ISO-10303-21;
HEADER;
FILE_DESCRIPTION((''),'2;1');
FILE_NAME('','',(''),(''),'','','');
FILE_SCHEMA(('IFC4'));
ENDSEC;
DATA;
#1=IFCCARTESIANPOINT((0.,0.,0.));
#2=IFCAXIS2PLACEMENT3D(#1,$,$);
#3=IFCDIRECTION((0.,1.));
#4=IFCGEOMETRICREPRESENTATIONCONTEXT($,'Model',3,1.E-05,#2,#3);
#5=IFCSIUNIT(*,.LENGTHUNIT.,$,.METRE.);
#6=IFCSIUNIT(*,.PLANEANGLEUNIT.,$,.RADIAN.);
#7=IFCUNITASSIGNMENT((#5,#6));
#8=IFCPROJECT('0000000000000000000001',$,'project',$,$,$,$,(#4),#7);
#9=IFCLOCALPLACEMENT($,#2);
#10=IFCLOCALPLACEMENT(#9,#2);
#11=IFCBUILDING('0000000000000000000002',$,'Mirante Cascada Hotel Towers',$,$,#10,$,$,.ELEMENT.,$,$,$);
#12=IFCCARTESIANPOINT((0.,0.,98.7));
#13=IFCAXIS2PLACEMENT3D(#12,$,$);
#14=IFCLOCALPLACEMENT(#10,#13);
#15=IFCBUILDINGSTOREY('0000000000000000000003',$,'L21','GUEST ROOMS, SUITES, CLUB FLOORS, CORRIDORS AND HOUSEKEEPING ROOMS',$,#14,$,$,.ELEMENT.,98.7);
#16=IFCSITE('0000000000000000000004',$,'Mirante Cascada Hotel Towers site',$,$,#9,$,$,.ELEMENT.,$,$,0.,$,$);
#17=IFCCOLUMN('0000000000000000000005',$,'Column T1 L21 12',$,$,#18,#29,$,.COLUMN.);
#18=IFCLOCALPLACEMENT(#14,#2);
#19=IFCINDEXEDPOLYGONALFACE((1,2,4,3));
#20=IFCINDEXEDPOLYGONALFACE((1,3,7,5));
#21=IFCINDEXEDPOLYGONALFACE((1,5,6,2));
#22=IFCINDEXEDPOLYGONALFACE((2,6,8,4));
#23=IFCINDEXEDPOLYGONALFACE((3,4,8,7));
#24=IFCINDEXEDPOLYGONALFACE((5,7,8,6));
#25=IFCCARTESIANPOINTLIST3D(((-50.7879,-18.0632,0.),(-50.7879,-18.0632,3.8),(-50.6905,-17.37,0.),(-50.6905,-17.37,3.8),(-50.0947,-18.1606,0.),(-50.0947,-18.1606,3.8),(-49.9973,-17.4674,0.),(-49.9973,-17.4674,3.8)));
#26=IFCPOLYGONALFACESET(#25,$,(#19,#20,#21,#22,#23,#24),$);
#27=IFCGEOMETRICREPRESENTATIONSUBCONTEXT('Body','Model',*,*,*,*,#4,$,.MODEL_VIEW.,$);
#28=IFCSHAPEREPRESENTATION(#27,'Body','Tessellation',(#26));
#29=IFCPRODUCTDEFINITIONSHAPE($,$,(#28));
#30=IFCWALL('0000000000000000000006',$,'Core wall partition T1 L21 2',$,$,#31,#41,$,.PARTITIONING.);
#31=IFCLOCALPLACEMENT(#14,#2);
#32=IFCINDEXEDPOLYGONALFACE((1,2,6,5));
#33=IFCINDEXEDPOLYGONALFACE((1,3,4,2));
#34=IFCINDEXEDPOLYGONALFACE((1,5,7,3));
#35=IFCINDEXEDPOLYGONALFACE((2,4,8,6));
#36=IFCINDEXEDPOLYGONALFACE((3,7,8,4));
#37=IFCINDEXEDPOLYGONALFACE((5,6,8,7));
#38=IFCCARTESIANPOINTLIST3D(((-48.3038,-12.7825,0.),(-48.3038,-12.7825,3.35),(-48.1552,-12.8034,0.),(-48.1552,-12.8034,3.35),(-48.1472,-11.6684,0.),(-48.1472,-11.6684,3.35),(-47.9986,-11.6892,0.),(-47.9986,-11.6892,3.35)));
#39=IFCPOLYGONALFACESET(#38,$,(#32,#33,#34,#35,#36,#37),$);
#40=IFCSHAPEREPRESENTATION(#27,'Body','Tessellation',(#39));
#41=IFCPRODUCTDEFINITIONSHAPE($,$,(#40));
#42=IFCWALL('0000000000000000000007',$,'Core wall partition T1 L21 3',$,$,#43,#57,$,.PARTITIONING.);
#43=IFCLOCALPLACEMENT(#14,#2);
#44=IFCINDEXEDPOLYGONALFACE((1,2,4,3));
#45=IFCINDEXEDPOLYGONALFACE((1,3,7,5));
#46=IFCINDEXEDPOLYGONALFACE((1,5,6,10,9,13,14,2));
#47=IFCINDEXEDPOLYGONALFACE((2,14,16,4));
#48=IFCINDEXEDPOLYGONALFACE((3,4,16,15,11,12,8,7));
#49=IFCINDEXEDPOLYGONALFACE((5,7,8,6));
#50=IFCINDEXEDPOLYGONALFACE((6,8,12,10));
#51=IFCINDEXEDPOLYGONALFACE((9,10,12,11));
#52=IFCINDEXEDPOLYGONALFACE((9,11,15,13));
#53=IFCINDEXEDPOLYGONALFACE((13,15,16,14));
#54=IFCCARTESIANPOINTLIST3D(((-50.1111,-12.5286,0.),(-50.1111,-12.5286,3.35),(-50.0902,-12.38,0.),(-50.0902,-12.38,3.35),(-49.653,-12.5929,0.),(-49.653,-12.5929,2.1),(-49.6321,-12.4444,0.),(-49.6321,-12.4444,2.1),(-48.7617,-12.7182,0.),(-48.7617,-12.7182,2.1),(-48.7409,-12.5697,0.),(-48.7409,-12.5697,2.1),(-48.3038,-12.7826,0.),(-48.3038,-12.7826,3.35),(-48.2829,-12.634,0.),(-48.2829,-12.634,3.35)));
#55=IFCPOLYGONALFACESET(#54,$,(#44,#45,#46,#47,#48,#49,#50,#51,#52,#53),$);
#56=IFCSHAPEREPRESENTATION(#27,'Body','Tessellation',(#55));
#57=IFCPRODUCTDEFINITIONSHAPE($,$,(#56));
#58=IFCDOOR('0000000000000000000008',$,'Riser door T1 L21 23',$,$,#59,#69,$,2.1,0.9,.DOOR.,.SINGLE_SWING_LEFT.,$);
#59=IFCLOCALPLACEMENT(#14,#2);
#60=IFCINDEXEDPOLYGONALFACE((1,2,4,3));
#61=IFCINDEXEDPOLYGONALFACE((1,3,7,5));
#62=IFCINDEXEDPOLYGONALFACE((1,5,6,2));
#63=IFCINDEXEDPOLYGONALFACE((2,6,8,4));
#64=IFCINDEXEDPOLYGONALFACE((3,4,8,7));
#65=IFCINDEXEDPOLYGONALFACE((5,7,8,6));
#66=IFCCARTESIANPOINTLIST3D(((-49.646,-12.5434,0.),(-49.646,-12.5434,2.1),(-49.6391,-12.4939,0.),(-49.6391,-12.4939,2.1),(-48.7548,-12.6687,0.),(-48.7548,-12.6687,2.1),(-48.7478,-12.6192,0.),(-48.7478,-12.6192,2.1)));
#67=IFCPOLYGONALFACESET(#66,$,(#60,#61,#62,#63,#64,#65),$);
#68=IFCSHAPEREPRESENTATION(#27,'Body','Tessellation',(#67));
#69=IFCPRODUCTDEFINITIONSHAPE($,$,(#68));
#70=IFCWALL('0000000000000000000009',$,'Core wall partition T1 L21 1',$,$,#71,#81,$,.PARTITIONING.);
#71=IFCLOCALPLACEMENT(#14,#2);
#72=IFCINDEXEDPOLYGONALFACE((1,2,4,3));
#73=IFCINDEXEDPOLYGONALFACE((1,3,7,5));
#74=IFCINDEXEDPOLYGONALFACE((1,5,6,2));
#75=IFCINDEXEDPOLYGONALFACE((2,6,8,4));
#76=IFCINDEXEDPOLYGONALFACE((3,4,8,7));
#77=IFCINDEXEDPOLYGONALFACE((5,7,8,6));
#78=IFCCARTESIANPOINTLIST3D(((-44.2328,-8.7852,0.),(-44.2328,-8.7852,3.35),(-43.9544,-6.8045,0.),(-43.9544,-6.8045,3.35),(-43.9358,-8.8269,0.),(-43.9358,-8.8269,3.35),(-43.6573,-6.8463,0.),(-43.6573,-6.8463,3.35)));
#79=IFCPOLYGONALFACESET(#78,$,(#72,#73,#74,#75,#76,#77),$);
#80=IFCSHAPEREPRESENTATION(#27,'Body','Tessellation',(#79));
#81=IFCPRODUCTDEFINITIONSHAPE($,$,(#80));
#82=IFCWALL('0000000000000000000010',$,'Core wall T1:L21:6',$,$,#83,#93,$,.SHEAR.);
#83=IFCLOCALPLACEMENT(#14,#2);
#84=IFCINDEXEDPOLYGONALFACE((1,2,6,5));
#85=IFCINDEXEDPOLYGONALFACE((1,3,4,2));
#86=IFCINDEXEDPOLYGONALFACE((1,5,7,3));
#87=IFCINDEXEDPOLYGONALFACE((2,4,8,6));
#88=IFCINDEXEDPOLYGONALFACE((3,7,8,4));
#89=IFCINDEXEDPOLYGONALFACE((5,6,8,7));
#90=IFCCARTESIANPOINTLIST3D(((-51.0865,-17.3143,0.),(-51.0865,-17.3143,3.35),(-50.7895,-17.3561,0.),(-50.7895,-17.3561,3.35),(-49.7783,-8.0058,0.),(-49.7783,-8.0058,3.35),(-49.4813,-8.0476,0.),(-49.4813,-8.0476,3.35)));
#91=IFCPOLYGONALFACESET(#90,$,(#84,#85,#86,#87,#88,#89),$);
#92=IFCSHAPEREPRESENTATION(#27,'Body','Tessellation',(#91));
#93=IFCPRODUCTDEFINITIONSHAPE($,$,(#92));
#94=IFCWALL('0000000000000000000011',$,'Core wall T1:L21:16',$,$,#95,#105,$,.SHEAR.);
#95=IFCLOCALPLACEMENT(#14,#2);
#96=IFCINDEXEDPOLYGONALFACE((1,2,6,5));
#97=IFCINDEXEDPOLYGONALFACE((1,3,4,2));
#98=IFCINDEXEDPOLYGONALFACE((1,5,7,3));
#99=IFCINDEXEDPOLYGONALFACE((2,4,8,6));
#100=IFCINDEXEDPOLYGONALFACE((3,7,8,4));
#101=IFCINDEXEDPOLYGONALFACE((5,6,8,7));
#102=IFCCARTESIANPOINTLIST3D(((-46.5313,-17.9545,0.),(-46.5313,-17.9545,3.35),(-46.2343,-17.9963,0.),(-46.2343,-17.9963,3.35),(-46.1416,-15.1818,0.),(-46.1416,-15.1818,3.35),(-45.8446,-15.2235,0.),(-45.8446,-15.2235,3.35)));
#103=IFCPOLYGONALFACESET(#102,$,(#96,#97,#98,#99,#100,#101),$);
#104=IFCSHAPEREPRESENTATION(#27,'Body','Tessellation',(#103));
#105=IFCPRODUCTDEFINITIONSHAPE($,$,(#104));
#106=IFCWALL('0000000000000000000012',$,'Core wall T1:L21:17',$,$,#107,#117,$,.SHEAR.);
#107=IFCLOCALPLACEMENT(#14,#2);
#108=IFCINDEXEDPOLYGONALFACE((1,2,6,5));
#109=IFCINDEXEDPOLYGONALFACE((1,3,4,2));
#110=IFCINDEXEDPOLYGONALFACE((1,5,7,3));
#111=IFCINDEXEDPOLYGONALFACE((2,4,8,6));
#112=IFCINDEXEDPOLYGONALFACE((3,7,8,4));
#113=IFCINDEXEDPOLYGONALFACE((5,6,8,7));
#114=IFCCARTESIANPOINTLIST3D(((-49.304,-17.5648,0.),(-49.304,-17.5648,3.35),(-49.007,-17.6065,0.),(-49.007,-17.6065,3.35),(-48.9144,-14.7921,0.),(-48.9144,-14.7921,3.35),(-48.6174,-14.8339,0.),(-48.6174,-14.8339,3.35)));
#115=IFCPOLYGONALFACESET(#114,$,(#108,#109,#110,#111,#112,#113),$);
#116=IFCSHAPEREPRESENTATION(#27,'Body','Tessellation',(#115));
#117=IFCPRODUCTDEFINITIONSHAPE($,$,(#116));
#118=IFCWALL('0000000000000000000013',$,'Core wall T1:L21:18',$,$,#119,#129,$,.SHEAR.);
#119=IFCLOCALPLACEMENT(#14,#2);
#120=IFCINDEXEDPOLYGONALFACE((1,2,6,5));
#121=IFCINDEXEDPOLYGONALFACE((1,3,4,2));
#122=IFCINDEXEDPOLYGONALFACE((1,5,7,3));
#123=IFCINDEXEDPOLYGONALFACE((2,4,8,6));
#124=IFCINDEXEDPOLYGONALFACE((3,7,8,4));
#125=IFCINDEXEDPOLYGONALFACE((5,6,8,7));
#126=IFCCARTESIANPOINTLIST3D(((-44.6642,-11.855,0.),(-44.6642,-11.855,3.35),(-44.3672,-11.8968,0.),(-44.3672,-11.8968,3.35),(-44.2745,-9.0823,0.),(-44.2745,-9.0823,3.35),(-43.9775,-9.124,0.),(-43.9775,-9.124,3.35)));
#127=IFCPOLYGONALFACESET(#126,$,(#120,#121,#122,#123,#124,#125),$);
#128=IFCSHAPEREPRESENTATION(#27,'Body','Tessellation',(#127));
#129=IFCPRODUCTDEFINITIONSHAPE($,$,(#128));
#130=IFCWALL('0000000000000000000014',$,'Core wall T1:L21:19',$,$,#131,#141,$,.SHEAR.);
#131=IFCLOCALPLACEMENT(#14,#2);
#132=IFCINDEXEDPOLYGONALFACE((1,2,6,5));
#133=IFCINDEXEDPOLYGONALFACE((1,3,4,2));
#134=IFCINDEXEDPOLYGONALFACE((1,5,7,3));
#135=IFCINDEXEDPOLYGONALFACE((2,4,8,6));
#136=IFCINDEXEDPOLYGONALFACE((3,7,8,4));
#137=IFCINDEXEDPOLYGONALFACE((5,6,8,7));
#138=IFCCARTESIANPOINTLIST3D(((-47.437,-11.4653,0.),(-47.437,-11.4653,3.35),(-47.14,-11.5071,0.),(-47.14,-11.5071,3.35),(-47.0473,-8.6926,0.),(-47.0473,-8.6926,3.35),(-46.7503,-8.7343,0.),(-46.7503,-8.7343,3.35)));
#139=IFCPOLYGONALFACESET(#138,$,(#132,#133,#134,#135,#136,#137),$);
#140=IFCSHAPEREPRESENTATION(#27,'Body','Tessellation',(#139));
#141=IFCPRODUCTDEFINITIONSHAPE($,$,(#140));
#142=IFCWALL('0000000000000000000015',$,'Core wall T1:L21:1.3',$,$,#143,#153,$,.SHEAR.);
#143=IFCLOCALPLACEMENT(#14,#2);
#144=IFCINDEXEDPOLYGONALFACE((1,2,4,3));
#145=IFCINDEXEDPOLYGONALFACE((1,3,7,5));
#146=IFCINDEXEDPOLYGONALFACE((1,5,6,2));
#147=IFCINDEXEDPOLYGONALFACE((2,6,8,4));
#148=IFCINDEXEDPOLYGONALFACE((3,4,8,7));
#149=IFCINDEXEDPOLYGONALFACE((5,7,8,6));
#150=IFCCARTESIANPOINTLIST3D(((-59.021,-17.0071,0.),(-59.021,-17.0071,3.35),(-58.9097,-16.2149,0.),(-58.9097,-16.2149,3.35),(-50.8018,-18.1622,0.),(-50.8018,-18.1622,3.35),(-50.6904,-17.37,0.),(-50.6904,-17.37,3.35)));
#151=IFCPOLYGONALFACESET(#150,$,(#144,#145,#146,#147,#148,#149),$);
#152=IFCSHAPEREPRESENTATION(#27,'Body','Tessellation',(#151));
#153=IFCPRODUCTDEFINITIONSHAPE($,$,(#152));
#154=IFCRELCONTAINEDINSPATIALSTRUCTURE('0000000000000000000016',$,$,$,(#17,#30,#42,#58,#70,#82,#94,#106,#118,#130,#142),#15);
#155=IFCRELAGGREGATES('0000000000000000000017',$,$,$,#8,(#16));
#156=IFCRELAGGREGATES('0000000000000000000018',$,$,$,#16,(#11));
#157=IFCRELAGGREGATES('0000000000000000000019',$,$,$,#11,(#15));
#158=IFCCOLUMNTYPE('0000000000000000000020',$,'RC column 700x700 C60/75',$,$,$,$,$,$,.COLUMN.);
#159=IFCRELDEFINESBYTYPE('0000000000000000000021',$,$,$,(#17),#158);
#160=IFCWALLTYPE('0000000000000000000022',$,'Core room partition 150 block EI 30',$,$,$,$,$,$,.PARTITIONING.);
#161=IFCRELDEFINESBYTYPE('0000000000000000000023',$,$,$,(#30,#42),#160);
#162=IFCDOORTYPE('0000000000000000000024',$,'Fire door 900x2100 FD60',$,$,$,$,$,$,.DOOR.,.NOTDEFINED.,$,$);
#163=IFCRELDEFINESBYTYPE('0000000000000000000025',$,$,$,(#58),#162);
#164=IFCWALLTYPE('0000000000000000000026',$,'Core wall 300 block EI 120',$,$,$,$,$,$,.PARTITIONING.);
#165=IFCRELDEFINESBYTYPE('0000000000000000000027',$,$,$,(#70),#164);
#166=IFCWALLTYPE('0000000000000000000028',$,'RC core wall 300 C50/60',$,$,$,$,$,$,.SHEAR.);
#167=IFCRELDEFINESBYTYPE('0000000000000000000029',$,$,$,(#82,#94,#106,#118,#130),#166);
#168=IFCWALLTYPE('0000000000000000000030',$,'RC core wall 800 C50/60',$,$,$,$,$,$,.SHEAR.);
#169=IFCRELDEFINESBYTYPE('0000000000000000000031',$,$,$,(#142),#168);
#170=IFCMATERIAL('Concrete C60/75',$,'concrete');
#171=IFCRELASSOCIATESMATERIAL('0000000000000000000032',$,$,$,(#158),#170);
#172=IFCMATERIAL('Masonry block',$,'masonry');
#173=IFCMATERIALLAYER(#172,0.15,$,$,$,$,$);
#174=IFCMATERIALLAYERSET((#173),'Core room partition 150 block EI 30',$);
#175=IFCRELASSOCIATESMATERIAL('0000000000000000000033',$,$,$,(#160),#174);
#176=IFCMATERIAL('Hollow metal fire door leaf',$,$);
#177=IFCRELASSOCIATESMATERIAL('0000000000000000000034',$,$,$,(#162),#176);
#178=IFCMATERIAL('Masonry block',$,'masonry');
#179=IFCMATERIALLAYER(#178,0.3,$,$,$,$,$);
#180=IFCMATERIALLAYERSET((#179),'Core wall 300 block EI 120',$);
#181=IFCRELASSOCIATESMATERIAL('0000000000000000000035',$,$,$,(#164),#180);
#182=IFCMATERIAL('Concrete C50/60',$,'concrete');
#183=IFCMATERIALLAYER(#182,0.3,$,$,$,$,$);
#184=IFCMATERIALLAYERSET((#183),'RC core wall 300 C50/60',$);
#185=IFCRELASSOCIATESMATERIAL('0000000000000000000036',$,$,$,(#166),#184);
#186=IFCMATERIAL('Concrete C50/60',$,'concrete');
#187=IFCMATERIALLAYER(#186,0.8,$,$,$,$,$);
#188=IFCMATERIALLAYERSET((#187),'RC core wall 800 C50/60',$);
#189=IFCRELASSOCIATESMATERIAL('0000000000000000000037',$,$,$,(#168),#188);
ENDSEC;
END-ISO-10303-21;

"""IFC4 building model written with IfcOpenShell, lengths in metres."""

from ifc_helpers import new_model, si_unit, direction, frame, frame_2d, origin, origin_2d, place, context, subcontext, project, spatial, rectangle, extrude, material, layer, layer_set, material_profile, profile_set, type_object, element, fill, save


model = new_model("IFC4")

# Units and contexts
model_context = context("Model", 3, precision=1e-05, world=origin(), true_north=direction((0.0, 1.0)))
body_context = subcontext(model_context, "Body", "Model", "MODEL_VIEW")
ifc_project = project(units=[si_unit("LENGTHUNIT", "METRE"), si_unit("PLANEANGLEUNIT", "RADIAN")], contexts=[model_context])

# Site, building, storey
site_placement = place(None, origin())
site = spatial("IfcSite", under=ifc_project, at=site_placement, Name="Mirante Cascada Hotel Towers site", CompositionType="ELEMENT", RefElevation=0.0)
building_placement = place(site_placement, origin())
building = spatial("IfcBuilding", under=site, at=building_placement, Name="Mirante Cascada Hotel Towers", CompositionType="ELEMENT")
storey_placement = place(building_placement, frame((0.0, 0.0, 98.7)))
storey = spatial("IfcBuildingStorey", under=building, at=storey_placement, Name="L21", Description="GUEST ROOMS, SUITES, CLUB FLOORS, CORRIDORS AND HOUSEKEEPING ROOMS", CompositionType="ELEMENT", Elevation=98.7)

# Column
ifc_material_1 = material(Name="Concrete C60/75", Category="concrete")
ifc_material_profile = material_profile(ifc_material_1, rectangle(XDim=0.7, YDim=0.7, at=origin_2d()), Name="RC column 700x700 C60/75")
ifc_profile_set = profile_set([ifc_material_profile], Name="Concrete C60/75")
column_type = type_object("IfcColumnType", Name="RC column 700x700 C60/75", PredefinedType="COLUMN", material=ifc_profile_set)
column_placement = place(storey_placement, frame((-50.3926, -17.7653, 0.0), z_axis=(0.0, 0.0, 1.0), x_axis=(-0.990268, 0.139173, 0.0)))
element("IfcColumn", 1, at=column_placement, inside=storey, type_object=column_type, Name="Column T1 L21 12", PredefinedType="COLUMN", context=body_context, shape_type="SweptSolid", body=[
    extrude(rectangle(XDim=0.7, YDim=0.7, at=origin_2d()), origin(), (0.0, 0.0, 1.0), 3.8),
])

# Wall
ifc_material_2 = material(Name="Masonry block", Category="masonry")
ifc_layer_1 = layer(ifc_material_2, 0.15)
ifc_layer_set_1 = layer_set([ifc_layer_1], Name="Core room partition 150 block EI 30")
wall_type_1 = type_object("IfcWallType", Name="Core room partition 150 block EI 30", PredefinedType="PARTITIONING", material=ifc_layer_set_1)
wall_1_placement = place(storey_placement, frame((-48.2295, -12.793, 0.0), z_axis=(0.0, 0.0, 1.0), x_axis=(0.139193, 0.990265, 0.0)))
element("IfcWall", 2, at=wall_1_placement, inside=storey, type_object=wall_type_1, Name="Core wall partition T1 L21 2", PredefinedType="PARTITIONING", context=body_context, shape_type="SweptSolid", body=[
    extrude(rectangle(XDim=1.1251, YDim=0.15, at=frame_2d((0.5626, 0.0))), origin(), (0.0, 0.0, 1.0), 3.35),
])

# Wall, opening, door
wall_2_placement = place(storey_placement, frame((-48.2933, -12.7083, 0.0), z_axis=(0.0, 0.0, 1.0), x_axis=(-0.990268, 0.139173, 0.0)))
wall_2 = element("IfcWall", 3, at=wall_2_placement, inside=storey, type_object=wall_type_1, Name="Core wall partition T1 L21 3", PredefinedType="PARTITIONING", context=body_context, shape_type="SweptSolid", body=[
    extrude(rectangle(XDim=1.8251, YDim=0.15, at=frame_2d((0.9126, 0.0))), origin(), (0.0, 0.0, 1.0), 3.35),
])
opening_placement = place(wall_2_placement, frame((0.4625, 0.0, 0.0)))
opening = element("IfcOpeningElement", 4, at=opening_placement, cuts=wall_2, PredefinedType="OPENING", context=body_context, shape_type="SweptSolid", body=[
    extrude(rectangle(XDim=0.9, YDim=2.1, at=frame_2d((0.45, 1.05))), frame((0.0, 0.075, 0.0), z_axis=(0.0, -1.0, 0.0), x_axis=(1.0, 0.0, 0.0)), (0.0, 0.0, 1.0), 0.15),
])
ifc_material_3 = material(Name="Hollow metal fire door leaf")
door_type = type_object("IfcDoorType", Name="Fire door 900x2100 FD60", OperationType="NOTDEFINED", PredefinedType="DOOR", material=ifc_material_3)
door_placement = place(opening_placement, origin())
door = element("IfcDoor", 5, at=door_placement, inside=storey, type_object=door_type, Name="Riser door T1 L21 23", OperationType="SINGLE_SWING_LEFT", OverallHeight=2.1, OverallWidth=0.9, PredefinedType="DOOR", context=body_context, shape_type="SweptSolid", body=[
    extrude(rectangle(XDim=0.9, YDim=2.1, at=frame_2d((0.45, 1.05))), frame((0.0, 0.025, 0.0), z_axis=(0.0, -1.0, 0.0), x_axis=(1.0, 0.0, 0.0)), (0.0, 0.0, 1.0), 0.05),
])
fill(opening, door)

# Walls
ifc_material_4 = material(Name="Masonry block", Category="masonry")
ifc_layer_2 = layer(ifc_material_4, 0.3)
ifc_layer_set_2 = layer_set([ifc_layer_2], Name="Core wall 300 block EI 120")
wall_type_2 = type_object("IfcWallType", Name="Core wall 300 block EI 120", PredefinedType="PARTITIONING", material=ifc_layer_set_2)
wall_3_placement = place(storey_placement, frame((-44.0843, -8.8061, 0.0), z_axis=(0.0, 0.0, 1.0), x_axis=(0.139195, 0.990265, 0.0)))
element("IfcWall", 6, at=wall_3_placement, inside=storey, type_object=wall_type_2, Name="Core wall partition T1 L21 1", PredefinedType="PARTITIONING", context=body_context, shape_type="SweptSolid", body=[
    extrude(rectangle(XDim=2.0001, YDim=0.3, at=frame_2d((1.0001, 0.0))), origin(), (0.0, 0.0, 1.0), 3.35),
])
ifc_material_5 = material(Name="Concrete C50/60", Category="concrete")
ifc_layer_3 = layer(ifc_material_5, 0.3)
ifc_layer_set_3 = layer_set([ifc_layer_3], Name="RC core wall 300 C50/60")
wall_type_3 = type_object("IfcWallType", Name="RC core wall 300 C50/60", PredefinedType="SHEAR", material=ifc_layer_set_3)
wall_4_placement = place(storey_placement, frame((-50.938, -17.3352, 0.0), z_axis=(0.0, 0.0, 1.0), x_axis=(0.139171, 0.990268, 0.0)))
element("IfcWall", 7, at=wall_4_placement, inside=storey, type_object=wall_type_3, Name="Core wall T1:L21:6", PredefinedType="SHEAR", context=body_context, shape_type="SweptSolid", body=[
    extrude(rectangle(XDim=9.4, YDim=0.3, at=frame_2d((4.7, 0.0))), origin(), (0.0, 0.0, 1.0), 3.35),
])
wall_5_placement = place(storey_placement, frame((-46.3828, -17.9754, 0.0), z_axis=(0.0, 0.0, 1.0), x_axis=(0.139181, 0.990267, 0.0)))
element("IfcWall", 8, at=wall_5_placement, inside=storey, type_object=wall_type_3, Name="Core wall T1:L21:16", PredefinedType="SHEAR", context=body_context, shape_type="SweptSolid", body=[
    extrude(rectangle(XDim=2.8, YDim=0.3, at=frame_2d((1.4, 0.0))), origin(), (0.0, 0.0, 1.0), 3.35),
])
wall_6_placement = place(storey_placement, frame((-49.1555, -17.5857, 0.0), z_axis=(0.0, 0.0, 1.0), x_axis=(0.139146, 0.990272, 0.0)))
element("IfcWall", 9, at=wall_6_placement, inside=storey, type_object=wall_type_3, Name="Core wall T1:L21:17", PredefinedType="SHEAR", context=body_context, shape_type="SweptSolid", body=[
    extrude(rectangle(XDim=2.7999, YDim=0.3, at=frame_2d((1.4, 0.0))), origin(), (0.0, 0.0, 1.0), 3.35),
])
for number, where, z_axis, x_axis, name in (
    (10, (-44.5157, -11.8759, 0.0), (0.0, 0.0, 1.0), (0.139181, 0.990267, 0.0), "Core wall T1:L21:18"),
    (11, (-47.2885, -11.4862, 0.0), (0.0, 0.0, 1.0), (0.139181, 0.990267, 0.0), "Core wall T1:L21:19"),
):
    element("IfcWall", number, at=place(storey_placement, frame(where, z_axis=z_axis, x_axis=x_axis)), inside=storey, type_object=wall_type_3, Name=name, PredefinedType="SHEAR", context=body_context, shape_type="SweptSolid", body=[
        extrude(rectangle(XDim=2.8, YDim=0.3, at=frame_2d((1.4, 0.0))), origin(), (0.0, 0.0, 1.0), 3.35),
    ])
ifc_material_6 = material(Name="Concrete C50/60", Category="concrete")
ifc_layer_4 = layer(ifc_material_6, 0.8)
ifc_layer_set_4 = layer_set([ifc_layer_4], Name="RC core wall 800 C50/60")
wall_type_4 = type_object("IfcWallType", Name="RC core wall 800 C50/60", PredefinedType="SHEAR", material=ifc_layer_set_4)
wall_7_placement = place(storey_placement, frame((-50.7461, -17.7661, 0.0), z_axis=(0.0, 0.0, 1.0), x_axis=(-0.990269, 0.139169, 0.0)))
element("IfcWall", 12, at=wall_7_placement, inside=storey, type_object=wall_type_4, Name="Core wall T1:L21:1.3", PredefinedType="SHEAR", context=body_context, shape_type="SweptSolid", body=[
    extrude(rectangle(XDim=8.3, YDim=0.8, at=frame_2d((4.15, 0.0))), origin(), (0.0, 0.0, 1.0), 3.35),
])

save(model, "model.ifc")
